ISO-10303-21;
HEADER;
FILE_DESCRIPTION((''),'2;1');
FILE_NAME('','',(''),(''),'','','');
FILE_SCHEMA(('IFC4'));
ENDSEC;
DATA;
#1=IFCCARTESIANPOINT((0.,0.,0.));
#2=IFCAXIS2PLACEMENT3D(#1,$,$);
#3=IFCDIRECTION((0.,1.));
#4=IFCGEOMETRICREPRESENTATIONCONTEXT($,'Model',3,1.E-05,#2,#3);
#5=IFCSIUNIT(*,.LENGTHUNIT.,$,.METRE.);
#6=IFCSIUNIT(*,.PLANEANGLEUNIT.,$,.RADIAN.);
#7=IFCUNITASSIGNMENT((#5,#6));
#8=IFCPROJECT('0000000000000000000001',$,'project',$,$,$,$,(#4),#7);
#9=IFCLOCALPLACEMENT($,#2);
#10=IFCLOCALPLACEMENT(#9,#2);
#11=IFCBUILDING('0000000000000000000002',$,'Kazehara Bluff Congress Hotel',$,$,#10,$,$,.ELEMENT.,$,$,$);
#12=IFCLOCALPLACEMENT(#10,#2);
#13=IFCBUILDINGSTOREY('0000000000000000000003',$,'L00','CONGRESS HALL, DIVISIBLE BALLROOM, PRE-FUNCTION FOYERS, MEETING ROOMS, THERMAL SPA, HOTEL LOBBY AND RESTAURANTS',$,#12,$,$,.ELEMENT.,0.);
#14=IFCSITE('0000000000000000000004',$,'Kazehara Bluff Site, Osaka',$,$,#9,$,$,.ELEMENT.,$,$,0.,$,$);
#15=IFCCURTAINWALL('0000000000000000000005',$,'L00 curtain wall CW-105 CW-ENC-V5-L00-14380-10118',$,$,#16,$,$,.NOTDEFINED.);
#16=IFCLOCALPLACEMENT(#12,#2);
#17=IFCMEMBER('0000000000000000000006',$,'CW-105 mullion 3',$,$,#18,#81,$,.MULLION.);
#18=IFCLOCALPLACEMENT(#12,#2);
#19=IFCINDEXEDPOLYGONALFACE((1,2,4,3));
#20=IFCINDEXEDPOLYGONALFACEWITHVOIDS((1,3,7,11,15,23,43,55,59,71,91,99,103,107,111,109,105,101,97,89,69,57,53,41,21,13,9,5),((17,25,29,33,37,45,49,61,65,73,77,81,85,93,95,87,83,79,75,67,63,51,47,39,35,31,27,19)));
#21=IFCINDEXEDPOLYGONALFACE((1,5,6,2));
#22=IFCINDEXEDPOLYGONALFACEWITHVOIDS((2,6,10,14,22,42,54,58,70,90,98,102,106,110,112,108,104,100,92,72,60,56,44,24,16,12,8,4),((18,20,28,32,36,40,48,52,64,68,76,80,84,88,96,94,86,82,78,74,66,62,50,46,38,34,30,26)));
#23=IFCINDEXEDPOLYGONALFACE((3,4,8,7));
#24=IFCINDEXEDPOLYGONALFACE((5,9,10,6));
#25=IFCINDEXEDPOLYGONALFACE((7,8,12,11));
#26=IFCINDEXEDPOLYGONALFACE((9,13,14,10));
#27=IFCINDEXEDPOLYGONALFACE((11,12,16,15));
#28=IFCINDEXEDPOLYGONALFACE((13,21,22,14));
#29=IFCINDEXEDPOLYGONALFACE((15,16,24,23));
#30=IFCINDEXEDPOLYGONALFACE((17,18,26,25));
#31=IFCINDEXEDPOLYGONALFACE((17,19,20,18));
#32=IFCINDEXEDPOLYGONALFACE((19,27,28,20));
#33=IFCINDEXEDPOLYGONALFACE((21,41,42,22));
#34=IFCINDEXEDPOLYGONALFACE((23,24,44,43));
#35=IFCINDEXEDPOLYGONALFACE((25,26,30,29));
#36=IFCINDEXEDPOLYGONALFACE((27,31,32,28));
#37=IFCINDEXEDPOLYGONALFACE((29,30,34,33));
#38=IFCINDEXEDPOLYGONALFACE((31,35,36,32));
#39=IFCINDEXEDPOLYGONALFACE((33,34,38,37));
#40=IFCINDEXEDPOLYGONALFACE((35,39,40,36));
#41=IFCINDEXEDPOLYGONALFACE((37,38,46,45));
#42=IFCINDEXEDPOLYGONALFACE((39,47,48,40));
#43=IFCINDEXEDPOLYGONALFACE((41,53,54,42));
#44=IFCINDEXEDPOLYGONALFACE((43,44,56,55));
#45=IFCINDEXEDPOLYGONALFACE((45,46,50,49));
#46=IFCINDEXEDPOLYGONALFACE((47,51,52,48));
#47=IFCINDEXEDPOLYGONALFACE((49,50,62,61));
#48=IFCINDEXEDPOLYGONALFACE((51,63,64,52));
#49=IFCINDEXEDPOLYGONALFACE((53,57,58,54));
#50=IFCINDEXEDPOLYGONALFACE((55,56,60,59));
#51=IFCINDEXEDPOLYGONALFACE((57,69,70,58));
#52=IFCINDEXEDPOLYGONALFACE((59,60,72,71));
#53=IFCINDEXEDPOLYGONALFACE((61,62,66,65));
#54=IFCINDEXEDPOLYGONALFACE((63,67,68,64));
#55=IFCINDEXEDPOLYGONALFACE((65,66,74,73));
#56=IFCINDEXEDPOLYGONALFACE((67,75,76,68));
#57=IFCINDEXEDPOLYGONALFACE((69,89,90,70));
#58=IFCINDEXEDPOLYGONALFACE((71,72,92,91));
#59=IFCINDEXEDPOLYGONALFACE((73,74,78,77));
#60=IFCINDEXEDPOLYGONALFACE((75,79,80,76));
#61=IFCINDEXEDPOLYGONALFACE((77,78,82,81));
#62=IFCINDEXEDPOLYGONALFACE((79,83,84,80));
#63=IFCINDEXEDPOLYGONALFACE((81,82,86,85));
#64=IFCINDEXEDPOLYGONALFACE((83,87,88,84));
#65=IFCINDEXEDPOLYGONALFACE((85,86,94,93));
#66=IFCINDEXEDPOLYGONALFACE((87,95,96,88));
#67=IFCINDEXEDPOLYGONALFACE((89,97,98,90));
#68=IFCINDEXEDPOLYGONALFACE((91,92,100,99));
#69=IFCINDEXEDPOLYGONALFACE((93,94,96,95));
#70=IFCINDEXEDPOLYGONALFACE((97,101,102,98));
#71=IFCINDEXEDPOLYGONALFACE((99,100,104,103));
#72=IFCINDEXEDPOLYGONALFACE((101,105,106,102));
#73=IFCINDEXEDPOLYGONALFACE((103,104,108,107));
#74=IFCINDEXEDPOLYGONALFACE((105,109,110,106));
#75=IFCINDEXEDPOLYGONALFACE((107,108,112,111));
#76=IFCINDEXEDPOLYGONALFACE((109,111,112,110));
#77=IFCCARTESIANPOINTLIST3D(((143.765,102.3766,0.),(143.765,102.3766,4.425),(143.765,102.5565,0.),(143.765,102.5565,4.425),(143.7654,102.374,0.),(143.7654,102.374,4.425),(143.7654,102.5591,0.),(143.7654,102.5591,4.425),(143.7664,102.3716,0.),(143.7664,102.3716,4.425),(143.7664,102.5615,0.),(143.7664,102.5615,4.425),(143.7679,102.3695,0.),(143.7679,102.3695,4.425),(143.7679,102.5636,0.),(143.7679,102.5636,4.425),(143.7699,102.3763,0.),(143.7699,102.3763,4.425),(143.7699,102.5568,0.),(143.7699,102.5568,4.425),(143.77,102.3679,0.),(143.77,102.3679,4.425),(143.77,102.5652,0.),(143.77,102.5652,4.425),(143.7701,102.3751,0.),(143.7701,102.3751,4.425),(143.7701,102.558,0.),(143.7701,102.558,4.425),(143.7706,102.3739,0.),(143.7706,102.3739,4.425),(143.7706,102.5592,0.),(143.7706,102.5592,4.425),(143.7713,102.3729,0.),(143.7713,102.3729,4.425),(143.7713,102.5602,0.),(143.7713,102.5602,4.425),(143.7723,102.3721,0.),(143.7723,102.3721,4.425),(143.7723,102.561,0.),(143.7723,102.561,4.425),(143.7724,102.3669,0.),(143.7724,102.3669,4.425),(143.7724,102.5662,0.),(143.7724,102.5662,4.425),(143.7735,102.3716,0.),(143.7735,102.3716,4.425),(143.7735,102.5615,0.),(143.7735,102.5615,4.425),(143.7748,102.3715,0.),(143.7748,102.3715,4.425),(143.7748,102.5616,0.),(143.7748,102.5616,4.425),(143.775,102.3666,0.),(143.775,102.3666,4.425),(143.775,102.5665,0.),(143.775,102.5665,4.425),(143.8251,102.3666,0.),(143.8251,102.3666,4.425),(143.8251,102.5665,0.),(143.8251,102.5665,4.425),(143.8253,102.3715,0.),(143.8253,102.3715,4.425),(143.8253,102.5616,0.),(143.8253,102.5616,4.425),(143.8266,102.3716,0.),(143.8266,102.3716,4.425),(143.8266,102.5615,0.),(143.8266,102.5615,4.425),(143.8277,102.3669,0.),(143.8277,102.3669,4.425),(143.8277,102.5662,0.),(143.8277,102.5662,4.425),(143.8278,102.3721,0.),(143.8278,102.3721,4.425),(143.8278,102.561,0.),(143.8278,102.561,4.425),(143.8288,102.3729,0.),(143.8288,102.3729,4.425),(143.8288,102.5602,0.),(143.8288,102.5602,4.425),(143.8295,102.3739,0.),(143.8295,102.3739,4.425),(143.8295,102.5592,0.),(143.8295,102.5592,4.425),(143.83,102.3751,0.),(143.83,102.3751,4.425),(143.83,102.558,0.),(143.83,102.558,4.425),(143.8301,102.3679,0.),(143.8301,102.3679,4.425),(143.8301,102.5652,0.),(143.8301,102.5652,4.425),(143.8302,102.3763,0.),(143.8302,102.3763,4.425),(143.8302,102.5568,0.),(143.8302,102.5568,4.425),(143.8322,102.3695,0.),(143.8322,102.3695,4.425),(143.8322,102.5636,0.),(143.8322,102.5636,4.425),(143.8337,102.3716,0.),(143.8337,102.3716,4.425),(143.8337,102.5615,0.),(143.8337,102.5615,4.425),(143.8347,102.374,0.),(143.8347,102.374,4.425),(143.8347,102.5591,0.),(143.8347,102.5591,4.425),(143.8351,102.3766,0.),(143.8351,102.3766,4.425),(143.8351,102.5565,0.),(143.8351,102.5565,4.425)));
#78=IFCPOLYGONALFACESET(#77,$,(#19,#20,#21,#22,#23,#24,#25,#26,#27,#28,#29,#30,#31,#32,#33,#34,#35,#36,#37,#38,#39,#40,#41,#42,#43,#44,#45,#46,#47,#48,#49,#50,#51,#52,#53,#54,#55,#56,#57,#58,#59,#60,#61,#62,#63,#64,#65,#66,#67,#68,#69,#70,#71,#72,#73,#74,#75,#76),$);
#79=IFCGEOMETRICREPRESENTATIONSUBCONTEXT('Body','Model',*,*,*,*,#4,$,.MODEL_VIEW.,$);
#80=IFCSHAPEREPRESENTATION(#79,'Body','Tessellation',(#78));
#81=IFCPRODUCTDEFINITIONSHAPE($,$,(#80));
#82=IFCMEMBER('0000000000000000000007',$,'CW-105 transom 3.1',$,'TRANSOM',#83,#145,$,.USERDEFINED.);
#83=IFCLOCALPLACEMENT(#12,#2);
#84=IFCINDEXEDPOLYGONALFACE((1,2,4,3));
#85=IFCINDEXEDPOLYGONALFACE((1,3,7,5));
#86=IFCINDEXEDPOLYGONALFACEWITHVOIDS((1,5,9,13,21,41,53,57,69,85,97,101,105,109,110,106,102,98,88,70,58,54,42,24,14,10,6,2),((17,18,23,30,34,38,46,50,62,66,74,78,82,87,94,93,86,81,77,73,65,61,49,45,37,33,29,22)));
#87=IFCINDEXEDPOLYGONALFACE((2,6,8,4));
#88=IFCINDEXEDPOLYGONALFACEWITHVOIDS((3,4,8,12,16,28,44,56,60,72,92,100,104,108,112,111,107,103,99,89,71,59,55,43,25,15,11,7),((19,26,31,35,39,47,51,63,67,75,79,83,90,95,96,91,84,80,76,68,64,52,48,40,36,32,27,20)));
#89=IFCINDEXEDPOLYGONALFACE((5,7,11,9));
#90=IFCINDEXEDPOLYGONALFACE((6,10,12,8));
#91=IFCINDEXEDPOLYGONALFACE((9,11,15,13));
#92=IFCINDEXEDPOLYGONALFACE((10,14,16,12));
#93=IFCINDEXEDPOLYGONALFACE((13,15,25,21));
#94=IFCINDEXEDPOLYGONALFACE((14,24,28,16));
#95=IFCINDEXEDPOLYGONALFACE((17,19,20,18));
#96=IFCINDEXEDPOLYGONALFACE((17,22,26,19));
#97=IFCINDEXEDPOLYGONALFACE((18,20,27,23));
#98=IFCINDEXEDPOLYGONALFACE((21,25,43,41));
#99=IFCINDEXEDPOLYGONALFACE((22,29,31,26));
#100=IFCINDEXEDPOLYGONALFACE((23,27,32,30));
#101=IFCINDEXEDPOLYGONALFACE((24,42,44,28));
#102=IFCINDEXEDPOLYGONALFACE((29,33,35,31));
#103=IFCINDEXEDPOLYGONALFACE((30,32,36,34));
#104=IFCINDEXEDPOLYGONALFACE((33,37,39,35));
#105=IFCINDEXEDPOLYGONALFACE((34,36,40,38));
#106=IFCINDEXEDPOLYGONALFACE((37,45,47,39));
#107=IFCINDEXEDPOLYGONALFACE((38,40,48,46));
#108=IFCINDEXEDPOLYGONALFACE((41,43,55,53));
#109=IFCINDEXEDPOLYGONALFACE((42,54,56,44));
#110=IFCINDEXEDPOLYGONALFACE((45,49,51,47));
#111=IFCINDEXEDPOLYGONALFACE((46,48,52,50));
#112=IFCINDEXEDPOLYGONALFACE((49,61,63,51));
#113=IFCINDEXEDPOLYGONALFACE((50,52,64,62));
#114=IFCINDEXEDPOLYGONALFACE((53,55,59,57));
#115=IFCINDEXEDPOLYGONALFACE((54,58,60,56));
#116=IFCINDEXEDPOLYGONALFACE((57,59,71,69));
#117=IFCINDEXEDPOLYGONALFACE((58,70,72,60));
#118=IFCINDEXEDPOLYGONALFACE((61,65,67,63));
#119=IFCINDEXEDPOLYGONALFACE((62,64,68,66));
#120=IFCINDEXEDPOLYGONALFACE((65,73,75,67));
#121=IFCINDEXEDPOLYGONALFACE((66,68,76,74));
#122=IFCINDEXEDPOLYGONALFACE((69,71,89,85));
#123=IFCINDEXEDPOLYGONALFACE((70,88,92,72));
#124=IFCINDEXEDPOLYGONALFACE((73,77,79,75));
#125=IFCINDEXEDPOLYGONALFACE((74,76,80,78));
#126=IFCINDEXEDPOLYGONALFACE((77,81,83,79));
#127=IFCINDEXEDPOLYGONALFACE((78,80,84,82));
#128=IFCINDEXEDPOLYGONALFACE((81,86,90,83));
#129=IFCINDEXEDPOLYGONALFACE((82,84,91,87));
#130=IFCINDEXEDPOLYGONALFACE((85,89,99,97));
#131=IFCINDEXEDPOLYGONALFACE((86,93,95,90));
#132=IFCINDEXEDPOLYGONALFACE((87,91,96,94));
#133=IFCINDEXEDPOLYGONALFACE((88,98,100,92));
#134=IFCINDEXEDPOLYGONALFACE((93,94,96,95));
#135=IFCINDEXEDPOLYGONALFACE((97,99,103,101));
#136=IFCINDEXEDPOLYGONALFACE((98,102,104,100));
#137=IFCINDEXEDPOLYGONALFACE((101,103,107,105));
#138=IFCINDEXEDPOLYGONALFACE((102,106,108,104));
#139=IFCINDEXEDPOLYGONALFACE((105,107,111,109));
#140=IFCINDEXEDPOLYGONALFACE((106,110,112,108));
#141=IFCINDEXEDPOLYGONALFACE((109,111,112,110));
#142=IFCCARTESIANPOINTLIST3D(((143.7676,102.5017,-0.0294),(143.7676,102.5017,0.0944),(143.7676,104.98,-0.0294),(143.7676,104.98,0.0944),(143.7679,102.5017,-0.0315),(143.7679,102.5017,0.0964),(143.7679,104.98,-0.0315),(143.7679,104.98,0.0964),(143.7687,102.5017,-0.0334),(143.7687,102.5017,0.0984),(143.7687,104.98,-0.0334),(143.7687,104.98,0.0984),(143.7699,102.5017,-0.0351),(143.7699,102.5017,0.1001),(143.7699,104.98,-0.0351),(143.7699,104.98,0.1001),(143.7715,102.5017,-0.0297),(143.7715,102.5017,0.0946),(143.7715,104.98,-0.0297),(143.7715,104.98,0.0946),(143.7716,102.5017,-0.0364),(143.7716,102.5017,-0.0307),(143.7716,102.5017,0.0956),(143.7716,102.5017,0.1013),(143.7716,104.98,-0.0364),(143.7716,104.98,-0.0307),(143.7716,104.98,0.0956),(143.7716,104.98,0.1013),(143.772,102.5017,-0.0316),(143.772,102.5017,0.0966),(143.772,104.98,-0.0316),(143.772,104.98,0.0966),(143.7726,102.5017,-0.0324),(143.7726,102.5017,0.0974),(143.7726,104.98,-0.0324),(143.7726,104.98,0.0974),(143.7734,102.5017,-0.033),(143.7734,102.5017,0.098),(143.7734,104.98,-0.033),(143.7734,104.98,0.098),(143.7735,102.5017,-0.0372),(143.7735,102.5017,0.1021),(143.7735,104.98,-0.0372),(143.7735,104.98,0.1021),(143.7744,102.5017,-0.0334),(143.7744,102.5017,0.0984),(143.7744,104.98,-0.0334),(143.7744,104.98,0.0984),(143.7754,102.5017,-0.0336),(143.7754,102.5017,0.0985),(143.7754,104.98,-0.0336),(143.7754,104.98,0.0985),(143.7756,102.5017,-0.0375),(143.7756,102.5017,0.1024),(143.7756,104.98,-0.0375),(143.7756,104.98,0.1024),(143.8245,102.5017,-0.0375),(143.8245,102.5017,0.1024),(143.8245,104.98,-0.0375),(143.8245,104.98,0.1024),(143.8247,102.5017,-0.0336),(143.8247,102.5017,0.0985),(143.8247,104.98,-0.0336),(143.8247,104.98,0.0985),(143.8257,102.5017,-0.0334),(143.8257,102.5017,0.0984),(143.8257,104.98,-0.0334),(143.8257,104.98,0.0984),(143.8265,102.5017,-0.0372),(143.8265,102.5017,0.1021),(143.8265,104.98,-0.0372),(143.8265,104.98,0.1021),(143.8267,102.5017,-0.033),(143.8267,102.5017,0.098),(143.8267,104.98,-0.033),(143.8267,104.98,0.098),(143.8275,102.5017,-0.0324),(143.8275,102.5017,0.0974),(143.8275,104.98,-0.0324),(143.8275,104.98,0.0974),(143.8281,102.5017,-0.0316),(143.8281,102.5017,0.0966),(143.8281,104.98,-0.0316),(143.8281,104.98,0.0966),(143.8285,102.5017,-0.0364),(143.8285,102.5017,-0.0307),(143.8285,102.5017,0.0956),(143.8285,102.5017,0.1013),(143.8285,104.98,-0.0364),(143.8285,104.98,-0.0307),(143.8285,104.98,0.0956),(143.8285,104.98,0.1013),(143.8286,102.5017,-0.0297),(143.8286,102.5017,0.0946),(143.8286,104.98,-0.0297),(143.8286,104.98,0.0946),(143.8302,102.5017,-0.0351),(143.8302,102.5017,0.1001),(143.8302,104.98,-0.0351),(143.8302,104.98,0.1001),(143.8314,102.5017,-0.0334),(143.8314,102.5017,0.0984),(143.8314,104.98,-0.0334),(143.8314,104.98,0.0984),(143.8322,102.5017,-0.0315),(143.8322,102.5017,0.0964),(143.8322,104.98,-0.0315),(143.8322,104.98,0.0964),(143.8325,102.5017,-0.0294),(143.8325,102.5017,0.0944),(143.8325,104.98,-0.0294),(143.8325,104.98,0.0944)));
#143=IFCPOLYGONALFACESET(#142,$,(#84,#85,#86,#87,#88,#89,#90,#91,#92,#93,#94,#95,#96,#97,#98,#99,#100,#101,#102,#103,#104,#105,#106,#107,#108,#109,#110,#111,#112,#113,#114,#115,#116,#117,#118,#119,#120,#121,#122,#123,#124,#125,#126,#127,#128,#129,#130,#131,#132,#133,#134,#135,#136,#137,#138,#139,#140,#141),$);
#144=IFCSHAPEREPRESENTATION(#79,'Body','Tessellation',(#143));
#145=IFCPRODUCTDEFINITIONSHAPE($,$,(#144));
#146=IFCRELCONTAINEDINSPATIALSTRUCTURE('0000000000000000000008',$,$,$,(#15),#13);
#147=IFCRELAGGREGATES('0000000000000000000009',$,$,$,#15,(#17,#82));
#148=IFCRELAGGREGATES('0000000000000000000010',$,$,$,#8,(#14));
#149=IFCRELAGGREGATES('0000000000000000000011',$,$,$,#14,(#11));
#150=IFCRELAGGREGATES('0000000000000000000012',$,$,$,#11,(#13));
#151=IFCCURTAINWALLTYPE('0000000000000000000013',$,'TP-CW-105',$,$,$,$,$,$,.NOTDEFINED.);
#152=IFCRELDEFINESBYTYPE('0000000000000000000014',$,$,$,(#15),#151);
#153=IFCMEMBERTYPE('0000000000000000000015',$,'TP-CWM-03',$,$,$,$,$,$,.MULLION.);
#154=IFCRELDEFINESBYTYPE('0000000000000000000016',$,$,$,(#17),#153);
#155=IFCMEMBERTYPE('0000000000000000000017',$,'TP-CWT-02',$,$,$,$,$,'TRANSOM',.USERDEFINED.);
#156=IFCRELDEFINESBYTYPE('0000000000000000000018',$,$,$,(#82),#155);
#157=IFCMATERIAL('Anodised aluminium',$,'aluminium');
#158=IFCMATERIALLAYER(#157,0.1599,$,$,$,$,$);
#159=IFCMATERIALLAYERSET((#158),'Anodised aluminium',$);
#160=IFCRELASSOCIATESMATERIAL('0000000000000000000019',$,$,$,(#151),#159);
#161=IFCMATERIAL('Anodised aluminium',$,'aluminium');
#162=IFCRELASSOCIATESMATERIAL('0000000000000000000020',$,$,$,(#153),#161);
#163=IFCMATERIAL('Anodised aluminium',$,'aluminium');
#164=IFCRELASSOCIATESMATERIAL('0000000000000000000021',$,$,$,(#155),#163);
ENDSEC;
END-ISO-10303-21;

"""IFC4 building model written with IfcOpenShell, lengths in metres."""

from ifc_helpers import new_model, si_unit, direction, frame, origin, origin_2d, place, context, subcontext, project, spatial, hollow_rectangle, extrude, material, layer, layer_set, material_profile, profile_set, type_object, element, aggregate, save


model = new_model("IFC4")

# Units and contexts
model_context = context("Model", 3, precision=1e-05, world=origin(), true_north=direction((0.0, 1.0)))
body_context = subcontext(model_context, "Body", "Model", "MODEL_VIEW")
ifc_project = project(units=[si_unit("LENGTHUNIT", "METRE"), si_unit("PLANEANGLEUNIT", "RADIAN")], contexts=[model_context])

# Site, building, storey
site_placement = place(None, origin())
site = spatial("IfcSite", under=ifc_project, at=site_placement, Name="Kazehara Bluff Site, Osaka", CompositionType="ELEMENT", RefElevation=0.0)
building_placement = place(site_placement, origin())
building = spatial("IfcBuilding", under=site, at=building_placement, Name="Kazehara Bluff Congress Hotel", CompositionType="ELEMENT")
storey_placement = place(building_placement, origin())
storey = spatial("IfcBuildingStorey", under=building, at=storey_placement, Name="L00", Description="CONGRESS HALL, DIVISIBLE BALLROOM, PRE-FUNCTION FOYERS, MEETING ROOMS, THERMAL SPA, HOTEL LOBBY AND RESTAURANTS", CompositionType="ELEMENT", Elevation=0.0)

# Curtain wall, members
ifc_material_1 = material(Name="Anodised aluminium", Category="aluminium")
ifc_layer_1 = layer(ifc_material_1, 0.1599)
ifc_layer_set_1 = layer_set([ifc_layer_1], Name="Anodised aluminium")
curtain_wall_type = type_object("IfcCurtainWallType", Name="TP-CW-105", PredefinedType="NOTDEFINED", material=ifc_layer_set_1)
curtain_wall_placement = place(storey_placement, origin())
curtain_wall = element("IfcCurtainWall", 1, at=curtain_wall_placement, inside=storey, type_object=curtain_wall_type, Name="L00 curtain wall CW-105 CW-ENC-V5-L00-14380-10118", PredefinedType="NOTDEFINED")
ifc_material_2 = material(Name="Anodised aluminium", Category="aluminium")
ifc_material_profile_1 = material_profile(ifc_material_2, hollow_rectangle(XDim=0.0701, YDim=0.2, WallThickness=0.0049, InnerFilletRadius=0.0049, OuterFilletRadius=0.01, at=origin_2d()))
ifc_profile_set_1 = profile_set([ifc_material_profile_1], Name="Anodised aluminium")
member_type_1 = type_object("IfcMemberType", Name="TP-CWM-03", PredefinedType="MULLION", material=ifc_profile_set_1)
member_1_placement = place(storey_placement, frame((143.8, 102.4666, 0.0), z_axis=(0.0, 0.0, 1.0), x_axis=(-1.0, 0.0, 0.0)))
member_1 = element("IfcMember", 2, at=member_1_placement, type_object=member_type_1, Name="CW-105 mullion 3", PredefinedType="MULLION", context=body_context, shape_type="SweptSolid", body=[
    extrude(hollow_rectangle(XDim=0.0701, YDim=0.2, WallThickness=0.0049, InnerFilletRadius=0.0049, OuterFilletRadius=0.01, at=origin_2d()), origin(), (0.0, 0.0, 1.0), 4.425),
])
ifc_material_3 = material(Name="Anodised aluminium", Category="aluminium")
ifc_material_profile_2 = material_profile(ifc_material_3, hollow_rectangle(XDim=0.0649, YDim=0.1399, WallThickness=0.0039, InnerFilletRadius=0.0039, OuterFilletRadius=0.0081, at=origin_2d()))
ifc_profile_set_2 = profile_set([ifc_material_profile_2], Name="Anodised aluminium")
member_type_2 = type_object("IfcMemberType", Name="TP-CWT-02", ElementType="TRANSOM", PredefinedType="USERDEFINED", material=ifc_profile_set_2)
member_2_placement = place(storey_placement, frame((143.8, 102.5017, 0.0325), z_axis=(0.0, 1.0, 0.0), x_axis=(-1.0, 0.0, 0.0)))
member_2 = element("IfcMember", 3, at=member_2_placement, type_object=member_type_2, Name="CW-105 transom 3.1", ObjectType="TRANSOM", PredefinedType="USERDEFINED", context=body_context, shape_type="SweptSolid", body=[
    extrude(hollow_rectangle(XDim=0.0649, YDim=0.1399, WallThickness=0.0039, InnerFilletRadius=0.0039, OuterFilletRadius=0.0081, at=origin_2d()), origin(), (0.0, 0.0, 1.0), 2.4783),
])

aggregate(curtain_wall, [member_1, member_2])

save(model, "model.ifc")
